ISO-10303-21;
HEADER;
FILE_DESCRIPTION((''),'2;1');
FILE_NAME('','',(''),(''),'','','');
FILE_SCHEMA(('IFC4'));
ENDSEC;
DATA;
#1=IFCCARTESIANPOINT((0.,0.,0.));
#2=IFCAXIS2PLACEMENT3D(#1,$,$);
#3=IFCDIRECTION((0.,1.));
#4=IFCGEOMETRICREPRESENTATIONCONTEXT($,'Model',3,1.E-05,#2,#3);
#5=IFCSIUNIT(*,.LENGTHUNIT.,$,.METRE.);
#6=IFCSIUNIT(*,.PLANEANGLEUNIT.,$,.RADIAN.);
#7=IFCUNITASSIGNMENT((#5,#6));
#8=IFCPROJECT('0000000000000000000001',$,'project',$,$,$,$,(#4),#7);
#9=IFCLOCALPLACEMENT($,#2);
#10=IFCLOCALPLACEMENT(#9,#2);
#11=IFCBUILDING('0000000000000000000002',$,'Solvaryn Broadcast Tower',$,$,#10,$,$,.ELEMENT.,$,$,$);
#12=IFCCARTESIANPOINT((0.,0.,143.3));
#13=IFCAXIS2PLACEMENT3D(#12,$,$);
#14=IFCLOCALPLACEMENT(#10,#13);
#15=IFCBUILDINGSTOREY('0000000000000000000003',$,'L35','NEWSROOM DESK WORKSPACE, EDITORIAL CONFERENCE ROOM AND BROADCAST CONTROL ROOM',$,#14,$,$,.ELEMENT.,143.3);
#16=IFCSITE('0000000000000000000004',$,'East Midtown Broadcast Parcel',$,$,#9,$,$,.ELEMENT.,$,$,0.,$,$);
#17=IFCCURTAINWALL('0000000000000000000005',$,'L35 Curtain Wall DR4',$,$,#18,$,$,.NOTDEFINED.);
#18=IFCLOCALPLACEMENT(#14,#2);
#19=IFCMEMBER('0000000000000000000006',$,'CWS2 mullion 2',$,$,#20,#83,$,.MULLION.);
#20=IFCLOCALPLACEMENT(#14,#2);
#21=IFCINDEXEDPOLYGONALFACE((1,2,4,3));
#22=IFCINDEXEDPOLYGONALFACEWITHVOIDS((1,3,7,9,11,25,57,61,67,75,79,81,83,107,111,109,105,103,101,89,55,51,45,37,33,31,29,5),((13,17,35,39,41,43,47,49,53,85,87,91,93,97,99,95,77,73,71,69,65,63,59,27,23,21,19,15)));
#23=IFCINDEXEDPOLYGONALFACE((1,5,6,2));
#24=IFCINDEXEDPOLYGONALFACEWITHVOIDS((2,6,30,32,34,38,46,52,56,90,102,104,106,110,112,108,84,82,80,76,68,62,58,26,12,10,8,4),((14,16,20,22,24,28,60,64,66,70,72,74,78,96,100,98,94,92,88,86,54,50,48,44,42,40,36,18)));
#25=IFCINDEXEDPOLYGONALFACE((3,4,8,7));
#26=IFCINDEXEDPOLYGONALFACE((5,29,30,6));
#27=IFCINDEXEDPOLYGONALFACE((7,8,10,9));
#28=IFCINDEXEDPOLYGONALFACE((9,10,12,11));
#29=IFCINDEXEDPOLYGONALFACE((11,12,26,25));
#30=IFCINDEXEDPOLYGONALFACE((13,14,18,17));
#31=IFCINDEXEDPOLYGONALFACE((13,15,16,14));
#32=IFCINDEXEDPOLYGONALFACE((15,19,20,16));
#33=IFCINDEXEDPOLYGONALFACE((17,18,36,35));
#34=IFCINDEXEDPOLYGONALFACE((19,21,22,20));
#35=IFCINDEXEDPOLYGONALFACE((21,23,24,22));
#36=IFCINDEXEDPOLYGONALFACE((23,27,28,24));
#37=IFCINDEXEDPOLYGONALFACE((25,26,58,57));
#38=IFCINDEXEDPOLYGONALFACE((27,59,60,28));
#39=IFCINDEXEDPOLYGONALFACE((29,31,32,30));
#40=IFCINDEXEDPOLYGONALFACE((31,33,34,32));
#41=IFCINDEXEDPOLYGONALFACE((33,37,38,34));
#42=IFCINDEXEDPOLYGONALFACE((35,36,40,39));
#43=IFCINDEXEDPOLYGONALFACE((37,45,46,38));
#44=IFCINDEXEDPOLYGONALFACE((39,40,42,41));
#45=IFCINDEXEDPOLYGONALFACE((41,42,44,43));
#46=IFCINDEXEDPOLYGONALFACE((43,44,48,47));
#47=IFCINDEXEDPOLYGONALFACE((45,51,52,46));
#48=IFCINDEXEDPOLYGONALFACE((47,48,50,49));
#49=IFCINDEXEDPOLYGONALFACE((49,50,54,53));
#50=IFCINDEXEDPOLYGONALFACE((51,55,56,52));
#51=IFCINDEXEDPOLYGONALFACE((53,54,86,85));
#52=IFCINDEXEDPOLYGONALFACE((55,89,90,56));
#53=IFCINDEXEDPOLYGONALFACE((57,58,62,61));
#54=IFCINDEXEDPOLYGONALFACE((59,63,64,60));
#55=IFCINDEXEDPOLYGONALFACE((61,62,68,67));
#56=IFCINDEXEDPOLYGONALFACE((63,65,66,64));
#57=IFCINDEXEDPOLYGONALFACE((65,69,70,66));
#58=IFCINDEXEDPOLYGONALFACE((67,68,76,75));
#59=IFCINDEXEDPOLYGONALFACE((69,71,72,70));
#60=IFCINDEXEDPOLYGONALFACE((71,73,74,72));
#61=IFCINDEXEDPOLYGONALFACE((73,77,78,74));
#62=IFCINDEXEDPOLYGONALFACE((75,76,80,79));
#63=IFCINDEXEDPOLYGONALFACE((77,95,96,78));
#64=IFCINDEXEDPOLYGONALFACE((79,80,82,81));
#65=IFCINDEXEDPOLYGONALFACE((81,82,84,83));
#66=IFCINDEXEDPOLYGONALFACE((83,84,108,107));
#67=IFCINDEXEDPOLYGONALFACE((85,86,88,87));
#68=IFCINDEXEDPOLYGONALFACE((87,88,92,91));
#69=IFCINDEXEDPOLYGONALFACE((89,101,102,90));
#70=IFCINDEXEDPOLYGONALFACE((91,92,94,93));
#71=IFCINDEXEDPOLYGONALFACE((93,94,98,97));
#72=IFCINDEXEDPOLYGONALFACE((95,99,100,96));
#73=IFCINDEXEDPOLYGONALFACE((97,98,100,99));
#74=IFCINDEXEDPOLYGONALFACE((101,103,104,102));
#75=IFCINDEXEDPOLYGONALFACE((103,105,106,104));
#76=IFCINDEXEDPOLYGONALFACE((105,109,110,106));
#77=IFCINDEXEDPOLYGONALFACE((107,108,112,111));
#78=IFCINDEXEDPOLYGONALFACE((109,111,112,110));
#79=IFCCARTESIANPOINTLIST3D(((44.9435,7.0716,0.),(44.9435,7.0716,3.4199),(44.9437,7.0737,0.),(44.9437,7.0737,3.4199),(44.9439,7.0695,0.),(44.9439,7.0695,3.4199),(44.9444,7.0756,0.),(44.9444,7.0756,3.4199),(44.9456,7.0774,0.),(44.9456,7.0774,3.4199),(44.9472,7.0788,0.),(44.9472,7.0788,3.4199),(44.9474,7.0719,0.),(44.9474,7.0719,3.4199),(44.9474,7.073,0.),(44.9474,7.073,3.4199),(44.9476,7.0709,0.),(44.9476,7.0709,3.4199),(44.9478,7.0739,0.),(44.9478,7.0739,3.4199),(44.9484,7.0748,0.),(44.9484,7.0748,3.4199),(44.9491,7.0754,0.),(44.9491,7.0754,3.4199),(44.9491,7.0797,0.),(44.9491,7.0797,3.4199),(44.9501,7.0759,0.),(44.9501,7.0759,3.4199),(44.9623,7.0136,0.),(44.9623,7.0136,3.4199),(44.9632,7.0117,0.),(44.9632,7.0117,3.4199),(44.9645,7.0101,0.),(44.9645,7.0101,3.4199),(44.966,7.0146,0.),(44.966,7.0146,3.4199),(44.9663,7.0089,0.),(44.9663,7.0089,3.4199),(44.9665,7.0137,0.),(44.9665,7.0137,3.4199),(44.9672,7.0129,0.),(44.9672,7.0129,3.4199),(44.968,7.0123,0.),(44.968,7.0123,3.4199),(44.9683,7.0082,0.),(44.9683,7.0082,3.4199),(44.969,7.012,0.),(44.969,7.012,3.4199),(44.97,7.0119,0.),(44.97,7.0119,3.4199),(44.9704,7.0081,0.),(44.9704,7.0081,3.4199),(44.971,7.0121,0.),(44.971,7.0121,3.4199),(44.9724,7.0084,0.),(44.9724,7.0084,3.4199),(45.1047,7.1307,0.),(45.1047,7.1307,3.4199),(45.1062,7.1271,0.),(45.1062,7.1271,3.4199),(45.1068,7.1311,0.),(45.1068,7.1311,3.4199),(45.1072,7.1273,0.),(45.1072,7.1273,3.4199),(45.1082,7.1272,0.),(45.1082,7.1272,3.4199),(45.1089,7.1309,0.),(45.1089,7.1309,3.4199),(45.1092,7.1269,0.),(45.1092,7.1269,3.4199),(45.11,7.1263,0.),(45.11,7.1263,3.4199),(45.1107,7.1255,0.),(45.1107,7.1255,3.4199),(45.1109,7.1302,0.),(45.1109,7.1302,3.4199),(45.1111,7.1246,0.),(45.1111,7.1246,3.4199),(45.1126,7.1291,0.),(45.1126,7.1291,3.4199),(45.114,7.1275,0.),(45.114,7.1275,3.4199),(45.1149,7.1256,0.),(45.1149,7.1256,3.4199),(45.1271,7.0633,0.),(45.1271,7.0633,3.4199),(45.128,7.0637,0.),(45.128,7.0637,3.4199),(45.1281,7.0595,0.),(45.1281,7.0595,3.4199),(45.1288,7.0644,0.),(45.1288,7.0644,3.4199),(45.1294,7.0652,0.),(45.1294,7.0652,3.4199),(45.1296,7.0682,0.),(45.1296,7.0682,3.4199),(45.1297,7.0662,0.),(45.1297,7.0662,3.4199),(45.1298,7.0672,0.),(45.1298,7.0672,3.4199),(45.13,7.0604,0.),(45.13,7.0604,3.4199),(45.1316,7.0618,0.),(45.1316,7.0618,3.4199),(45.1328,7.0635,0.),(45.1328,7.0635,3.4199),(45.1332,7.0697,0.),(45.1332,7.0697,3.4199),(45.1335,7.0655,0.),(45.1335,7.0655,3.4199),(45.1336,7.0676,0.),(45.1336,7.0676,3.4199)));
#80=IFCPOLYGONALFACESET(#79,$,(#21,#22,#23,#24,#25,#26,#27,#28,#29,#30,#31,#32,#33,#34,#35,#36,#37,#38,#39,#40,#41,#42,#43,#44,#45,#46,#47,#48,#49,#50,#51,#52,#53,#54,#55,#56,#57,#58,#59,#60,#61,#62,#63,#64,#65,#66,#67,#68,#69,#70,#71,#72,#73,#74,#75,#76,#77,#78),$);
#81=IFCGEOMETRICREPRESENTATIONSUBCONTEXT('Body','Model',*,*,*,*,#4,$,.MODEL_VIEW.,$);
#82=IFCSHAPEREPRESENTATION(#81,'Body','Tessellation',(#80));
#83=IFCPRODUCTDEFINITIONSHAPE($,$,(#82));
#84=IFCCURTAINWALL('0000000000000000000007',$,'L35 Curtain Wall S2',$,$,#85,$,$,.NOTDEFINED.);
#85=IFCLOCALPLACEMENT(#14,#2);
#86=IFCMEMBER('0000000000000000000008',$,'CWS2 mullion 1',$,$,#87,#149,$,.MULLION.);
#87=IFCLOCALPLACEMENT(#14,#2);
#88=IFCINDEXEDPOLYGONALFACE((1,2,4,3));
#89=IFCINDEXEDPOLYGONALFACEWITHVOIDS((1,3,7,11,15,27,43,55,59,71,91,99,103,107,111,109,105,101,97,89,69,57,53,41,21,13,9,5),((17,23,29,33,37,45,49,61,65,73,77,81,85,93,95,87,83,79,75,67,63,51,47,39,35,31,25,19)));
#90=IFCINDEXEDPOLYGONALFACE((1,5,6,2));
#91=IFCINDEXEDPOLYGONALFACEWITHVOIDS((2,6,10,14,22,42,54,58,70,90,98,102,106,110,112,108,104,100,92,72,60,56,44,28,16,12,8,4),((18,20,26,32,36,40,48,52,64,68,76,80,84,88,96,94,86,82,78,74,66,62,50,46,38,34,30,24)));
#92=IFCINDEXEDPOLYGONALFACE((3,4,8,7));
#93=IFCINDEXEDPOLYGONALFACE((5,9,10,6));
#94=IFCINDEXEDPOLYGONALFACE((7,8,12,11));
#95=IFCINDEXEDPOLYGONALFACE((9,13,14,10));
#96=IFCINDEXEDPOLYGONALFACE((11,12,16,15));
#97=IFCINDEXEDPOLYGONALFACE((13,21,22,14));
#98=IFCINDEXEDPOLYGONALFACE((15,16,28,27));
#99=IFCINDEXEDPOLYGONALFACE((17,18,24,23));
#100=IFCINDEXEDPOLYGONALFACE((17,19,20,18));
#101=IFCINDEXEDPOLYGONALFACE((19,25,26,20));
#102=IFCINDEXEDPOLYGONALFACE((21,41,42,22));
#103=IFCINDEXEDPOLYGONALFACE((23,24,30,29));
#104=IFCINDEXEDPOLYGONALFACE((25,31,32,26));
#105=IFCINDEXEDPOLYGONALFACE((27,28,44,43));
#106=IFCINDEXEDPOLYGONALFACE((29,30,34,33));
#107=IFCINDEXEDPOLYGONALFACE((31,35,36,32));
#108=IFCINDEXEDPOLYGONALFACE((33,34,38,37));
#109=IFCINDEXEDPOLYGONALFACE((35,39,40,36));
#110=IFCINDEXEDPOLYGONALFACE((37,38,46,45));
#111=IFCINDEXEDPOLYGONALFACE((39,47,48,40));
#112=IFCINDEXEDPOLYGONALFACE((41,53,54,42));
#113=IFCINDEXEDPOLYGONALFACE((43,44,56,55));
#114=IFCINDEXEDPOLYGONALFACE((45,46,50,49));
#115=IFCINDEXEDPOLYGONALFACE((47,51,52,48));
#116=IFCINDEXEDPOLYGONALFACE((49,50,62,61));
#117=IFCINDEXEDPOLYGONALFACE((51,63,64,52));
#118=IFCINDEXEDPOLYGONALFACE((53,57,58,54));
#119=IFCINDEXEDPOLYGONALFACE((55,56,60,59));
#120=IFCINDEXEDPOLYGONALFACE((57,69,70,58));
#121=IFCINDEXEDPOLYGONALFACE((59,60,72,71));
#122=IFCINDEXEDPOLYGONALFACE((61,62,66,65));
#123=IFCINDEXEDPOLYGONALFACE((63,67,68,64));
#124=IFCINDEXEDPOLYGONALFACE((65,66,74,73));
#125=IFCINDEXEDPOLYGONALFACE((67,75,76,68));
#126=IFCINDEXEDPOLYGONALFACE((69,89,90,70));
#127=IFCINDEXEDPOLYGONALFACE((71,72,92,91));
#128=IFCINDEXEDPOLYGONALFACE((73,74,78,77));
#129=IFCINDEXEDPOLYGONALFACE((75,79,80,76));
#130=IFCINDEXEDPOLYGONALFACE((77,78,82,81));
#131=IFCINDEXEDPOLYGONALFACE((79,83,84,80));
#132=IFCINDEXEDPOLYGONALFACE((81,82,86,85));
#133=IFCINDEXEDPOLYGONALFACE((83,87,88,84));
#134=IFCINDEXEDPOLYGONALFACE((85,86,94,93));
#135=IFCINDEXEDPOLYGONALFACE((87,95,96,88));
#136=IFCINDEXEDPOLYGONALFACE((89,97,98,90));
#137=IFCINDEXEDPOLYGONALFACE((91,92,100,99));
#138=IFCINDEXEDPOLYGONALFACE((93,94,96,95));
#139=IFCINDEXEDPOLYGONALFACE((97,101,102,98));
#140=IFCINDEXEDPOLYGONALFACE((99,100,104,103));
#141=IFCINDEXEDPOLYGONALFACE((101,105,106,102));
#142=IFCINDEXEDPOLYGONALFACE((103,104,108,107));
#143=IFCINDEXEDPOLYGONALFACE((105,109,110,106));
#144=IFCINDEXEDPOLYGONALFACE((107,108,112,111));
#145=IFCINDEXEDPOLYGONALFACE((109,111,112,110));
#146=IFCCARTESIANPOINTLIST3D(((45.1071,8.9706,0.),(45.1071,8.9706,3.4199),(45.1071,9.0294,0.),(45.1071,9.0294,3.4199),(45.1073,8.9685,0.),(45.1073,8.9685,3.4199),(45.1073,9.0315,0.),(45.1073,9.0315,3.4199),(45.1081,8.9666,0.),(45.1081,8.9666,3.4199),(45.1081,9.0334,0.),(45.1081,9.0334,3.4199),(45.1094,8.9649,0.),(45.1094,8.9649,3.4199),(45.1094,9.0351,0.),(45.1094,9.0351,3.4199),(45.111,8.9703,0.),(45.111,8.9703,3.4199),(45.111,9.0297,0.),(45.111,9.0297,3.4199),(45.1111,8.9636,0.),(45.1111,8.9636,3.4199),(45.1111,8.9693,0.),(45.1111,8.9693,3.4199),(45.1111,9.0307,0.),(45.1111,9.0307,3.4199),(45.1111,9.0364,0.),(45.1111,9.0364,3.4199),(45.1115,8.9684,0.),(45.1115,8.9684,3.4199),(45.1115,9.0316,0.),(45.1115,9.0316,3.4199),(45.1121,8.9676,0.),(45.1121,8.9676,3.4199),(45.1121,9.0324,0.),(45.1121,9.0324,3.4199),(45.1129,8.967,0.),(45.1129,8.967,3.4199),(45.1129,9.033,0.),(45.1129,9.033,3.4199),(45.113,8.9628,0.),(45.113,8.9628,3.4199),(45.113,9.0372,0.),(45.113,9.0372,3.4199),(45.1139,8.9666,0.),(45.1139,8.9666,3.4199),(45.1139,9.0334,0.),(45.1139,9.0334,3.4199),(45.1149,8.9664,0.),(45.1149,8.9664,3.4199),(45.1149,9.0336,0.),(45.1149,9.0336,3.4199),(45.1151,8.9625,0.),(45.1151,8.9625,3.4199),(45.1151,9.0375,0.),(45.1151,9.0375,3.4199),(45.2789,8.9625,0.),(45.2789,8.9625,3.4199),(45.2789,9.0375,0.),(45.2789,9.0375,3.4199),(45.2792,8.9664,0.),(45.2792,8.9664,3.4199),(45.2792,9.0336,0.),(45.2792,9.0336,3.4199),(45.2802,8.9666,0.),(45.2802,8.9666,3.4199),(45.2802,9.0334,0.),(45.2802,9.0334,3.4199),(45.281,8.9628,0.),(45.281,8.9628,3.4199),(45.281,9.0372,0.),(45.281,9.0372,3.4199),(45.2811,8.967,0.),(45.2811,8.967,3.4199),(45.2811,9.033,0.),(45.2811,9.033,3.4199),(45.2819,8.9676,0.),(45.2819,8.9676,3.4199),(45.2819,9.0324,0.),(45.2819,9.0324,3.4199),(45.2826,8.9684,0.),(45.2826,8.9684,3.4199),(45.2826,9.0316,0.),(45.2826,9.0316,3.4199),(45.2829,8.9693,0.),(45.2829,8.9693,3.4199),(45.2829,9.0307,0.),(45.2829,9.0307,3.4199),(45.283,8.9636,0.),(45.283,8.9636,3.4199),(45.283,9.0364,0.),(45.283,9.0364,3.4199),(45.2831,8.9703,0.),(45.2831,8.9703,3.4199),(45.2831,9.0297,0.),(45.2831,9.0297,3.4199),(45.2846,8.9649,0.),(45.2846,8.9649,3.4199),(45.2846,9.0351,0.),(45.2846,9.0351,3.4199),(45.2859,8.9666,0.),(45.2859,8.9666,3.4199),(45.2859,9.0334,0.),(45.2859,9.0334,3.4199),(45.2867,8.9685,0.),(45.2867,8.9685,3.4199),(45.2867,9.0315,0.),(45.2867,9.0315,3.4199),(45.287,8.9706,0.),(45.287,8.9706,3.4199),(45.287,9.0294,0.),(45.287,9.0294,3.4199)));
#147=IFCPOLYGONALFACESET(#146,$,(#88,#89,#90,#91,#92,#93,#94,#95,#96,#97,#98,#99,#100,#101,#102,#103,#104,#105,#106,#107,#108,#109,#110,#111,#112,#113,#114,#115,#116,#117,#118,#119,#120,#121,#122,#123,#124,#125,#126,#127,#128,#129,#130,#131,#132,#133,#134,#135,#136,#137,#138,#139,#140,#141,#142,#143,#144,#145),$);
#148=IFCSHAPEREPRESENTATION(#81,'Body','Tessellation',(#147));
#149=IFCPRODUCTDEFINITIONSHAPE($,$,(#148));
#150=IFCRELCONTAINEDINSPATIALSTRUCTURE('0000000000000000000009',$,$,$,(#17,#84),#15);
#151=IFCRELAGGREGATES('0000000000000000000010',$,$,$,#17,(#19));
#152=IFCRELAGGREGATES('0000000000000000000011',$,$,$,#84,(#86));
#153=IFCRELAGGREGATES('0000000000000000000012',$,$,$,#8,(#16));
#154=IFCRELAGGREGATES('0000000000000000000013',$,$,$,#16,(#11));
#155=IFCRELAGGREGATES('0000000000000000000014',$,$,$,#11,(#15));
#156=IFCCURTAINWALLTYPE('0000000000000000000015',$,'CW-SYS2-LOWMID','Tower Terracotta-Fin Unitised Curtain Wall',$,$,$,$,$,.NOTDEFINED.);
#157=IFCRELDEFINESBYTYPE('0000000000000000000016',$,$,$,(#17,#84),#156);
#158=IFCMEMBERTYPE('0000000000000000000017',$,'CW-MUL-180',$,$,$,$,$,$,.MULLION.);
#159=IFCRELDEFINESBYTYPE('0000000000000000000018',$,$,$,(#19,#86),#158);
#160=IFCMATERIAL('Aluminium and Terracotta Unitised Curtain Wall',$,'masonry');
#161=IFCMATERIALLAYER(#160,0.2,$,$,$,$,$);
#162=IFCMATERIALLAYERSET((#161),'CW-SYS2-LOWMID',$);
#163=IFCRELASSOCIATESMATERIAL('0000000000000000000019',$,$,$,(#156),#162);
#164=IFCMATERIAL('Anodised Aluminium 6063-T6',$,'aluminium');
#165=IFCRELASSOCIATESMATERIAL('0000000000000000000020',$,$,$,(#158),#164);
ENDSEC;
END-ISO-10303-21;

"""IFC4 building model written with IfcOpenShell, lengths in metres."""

from ifc_helpers import new_model, si_unit, direction, frame, origin, origin_2d, place, context, subcontext, project, spatial, hollow_rectangle, extrude, material, layer, layer_set, material_profile, profile_set, type_object, element, aggregate, save


model = new_model("IFC4")

# Units and contexts
model_context = context("Model", 3, precision=1e-05, world=origin(), true_north=direction((0.0, 1.0)))
body_context = subcontext(model_context, "Body", "Model", "MODEL_VIEW")
ifc_project = project(units=[si_unit("LENGTHUNIT", "METRE"), si_unit("PLANEANGLEUNIT", "RADIAN")], contexts=[model_context])

# Site, building, storey
site_placement = place(None, origin())
site = spatial("IfcSite", under=ifc_project, at=site_placement, Name="East Midtown Broadcast Parcel", CompositionType="ELEMENT", RefElevation=0.0)
building_placement = place(site_placement, origin())
building = spatial("IfcBuilding", under=site, at=building_placement, Name="Solvaryn Broadcast Tower", CompositionType="ELEMENT")
storey_placement = place(building_placement, frame((0.0, 0.0, 143.3)))
storey = spatial("IfcBuildingStorey", under=building, at=storey_placement, Name="L35", Description="NEWSROOM DESK WORKSPACE, EDITORIAL CONFERENCE ROOM AND BROADCAST CONTROL ROOM", CompositionType="ELEMENT", Elevation=143.3)

# Curtain wall, member
ifc_material_1 = material(Name="Aluminium and Terracotta Unitised Curtain Wall", Category="masonry")
ifc_layer_1 = layer(ifc_material_1, 0.2)
ifc_layer_set_1 = layer_set([ifc_layer_1], Name="CW-SYS2-LOWMID")
curtain_wall_type = type_object("IfcCurtainWallType", Name="CW-SYS2-LOWMID", Description="Tower Terracotta-Fin Unitised Curtain Wall", PredefinedType="NOTDEFINED", material=ifc_layer_set_1)
curtain_wall_1_placement = place(storey_placement, origin())
curtain_wall_1 = element("IfcCurtainWall", 1, at=curtain_wall_1_placement, inside=storey, type_object=curtain_wall_type, Name="L35 Curtain Wall DR4", PredefinedType="NOTDEFINED")
ifc_material_2 = material(Name="Anodised Aluminium 6063-T6", Category="aluminium")
ifc_material_profile_1 = material_profile(ifc_material_2, hollow_rectangle(XDim=0.075, YDim=0.1799, WallThickness=0.0039, InnerFilletRadius=0.0039, OuterFilletRadius=0.0081, at=origin_2d()))
ifc_profile_set_1 = profile_set([ifc_material_profile_1], Name="Anodised Aluminium 6063-T6")
member_type_1 = type_object("IfcMemberType", Name="CW-MUL-180", PredefinedType="MULLION", material=ifc_profile_set_1)
member_1_placement = place(storey_placement, frame((45.0386, 7.0696, 0.0), z_axis=(0.0, 0.0, 1.0), x_axis=(-0.311646, 0.950198, 0.0)))
member_1 = element("IfcMember", 2, at=member_1_placement, type_object=member_type_1, Name="CWS2 mullion 2", PredefinedType="MULLION", context=body_context, shape_type="SweptSolid", body=[
    extrude(hollow_rectangle(XDim=0.075, YDim=0.1799, WallThickness=0.0039, InnerFilletRadius=0.0039, OuterFilletRadius=0.0081, at=origin_2d()), origin(), (0.0, 0.0, 1.0), 3.4199),
])
aggregate(curtain_wall_1, [member_1])

# Curtain wall, member
curtain_wall_2_placement = place(storey_placement, origin())
curtain_wall_2 = element("IfcCurtainWall", 3, at=curtain_wall_2_placement, inside=storey, type_object=curtain_wall_type, Name="L35 Curtain Wall S2", PredefinedType="NOTDEFINED")
member_2_placement = place(storey_placement, frame((45.197, 9.0, 0.0), z_axis=(0.0, 0.0, 1.0), x_axis=(0.0, 1.0, 0.0)))
member_2 = element("IfcMember", 4, at=member_2_placement, type_object=member_type_1, Name="CWS2 mullion 1", PredefinedType="MULLION", context=body_context, shape_type="SweptSolid", body=[
    extrude(hollow_rectangle(XDim=0.075, YDim=0.1799, WallThickness=0.0039, InnerFilletRadius=0.0039, OuterFilletRadius=0.0081, at=origin_2d()), origin(), (0.0, 0.0, 1.0), 3.4199),
])
aggregate(curtain_wall_2, [member_2])

save(model, "model.ifc")
